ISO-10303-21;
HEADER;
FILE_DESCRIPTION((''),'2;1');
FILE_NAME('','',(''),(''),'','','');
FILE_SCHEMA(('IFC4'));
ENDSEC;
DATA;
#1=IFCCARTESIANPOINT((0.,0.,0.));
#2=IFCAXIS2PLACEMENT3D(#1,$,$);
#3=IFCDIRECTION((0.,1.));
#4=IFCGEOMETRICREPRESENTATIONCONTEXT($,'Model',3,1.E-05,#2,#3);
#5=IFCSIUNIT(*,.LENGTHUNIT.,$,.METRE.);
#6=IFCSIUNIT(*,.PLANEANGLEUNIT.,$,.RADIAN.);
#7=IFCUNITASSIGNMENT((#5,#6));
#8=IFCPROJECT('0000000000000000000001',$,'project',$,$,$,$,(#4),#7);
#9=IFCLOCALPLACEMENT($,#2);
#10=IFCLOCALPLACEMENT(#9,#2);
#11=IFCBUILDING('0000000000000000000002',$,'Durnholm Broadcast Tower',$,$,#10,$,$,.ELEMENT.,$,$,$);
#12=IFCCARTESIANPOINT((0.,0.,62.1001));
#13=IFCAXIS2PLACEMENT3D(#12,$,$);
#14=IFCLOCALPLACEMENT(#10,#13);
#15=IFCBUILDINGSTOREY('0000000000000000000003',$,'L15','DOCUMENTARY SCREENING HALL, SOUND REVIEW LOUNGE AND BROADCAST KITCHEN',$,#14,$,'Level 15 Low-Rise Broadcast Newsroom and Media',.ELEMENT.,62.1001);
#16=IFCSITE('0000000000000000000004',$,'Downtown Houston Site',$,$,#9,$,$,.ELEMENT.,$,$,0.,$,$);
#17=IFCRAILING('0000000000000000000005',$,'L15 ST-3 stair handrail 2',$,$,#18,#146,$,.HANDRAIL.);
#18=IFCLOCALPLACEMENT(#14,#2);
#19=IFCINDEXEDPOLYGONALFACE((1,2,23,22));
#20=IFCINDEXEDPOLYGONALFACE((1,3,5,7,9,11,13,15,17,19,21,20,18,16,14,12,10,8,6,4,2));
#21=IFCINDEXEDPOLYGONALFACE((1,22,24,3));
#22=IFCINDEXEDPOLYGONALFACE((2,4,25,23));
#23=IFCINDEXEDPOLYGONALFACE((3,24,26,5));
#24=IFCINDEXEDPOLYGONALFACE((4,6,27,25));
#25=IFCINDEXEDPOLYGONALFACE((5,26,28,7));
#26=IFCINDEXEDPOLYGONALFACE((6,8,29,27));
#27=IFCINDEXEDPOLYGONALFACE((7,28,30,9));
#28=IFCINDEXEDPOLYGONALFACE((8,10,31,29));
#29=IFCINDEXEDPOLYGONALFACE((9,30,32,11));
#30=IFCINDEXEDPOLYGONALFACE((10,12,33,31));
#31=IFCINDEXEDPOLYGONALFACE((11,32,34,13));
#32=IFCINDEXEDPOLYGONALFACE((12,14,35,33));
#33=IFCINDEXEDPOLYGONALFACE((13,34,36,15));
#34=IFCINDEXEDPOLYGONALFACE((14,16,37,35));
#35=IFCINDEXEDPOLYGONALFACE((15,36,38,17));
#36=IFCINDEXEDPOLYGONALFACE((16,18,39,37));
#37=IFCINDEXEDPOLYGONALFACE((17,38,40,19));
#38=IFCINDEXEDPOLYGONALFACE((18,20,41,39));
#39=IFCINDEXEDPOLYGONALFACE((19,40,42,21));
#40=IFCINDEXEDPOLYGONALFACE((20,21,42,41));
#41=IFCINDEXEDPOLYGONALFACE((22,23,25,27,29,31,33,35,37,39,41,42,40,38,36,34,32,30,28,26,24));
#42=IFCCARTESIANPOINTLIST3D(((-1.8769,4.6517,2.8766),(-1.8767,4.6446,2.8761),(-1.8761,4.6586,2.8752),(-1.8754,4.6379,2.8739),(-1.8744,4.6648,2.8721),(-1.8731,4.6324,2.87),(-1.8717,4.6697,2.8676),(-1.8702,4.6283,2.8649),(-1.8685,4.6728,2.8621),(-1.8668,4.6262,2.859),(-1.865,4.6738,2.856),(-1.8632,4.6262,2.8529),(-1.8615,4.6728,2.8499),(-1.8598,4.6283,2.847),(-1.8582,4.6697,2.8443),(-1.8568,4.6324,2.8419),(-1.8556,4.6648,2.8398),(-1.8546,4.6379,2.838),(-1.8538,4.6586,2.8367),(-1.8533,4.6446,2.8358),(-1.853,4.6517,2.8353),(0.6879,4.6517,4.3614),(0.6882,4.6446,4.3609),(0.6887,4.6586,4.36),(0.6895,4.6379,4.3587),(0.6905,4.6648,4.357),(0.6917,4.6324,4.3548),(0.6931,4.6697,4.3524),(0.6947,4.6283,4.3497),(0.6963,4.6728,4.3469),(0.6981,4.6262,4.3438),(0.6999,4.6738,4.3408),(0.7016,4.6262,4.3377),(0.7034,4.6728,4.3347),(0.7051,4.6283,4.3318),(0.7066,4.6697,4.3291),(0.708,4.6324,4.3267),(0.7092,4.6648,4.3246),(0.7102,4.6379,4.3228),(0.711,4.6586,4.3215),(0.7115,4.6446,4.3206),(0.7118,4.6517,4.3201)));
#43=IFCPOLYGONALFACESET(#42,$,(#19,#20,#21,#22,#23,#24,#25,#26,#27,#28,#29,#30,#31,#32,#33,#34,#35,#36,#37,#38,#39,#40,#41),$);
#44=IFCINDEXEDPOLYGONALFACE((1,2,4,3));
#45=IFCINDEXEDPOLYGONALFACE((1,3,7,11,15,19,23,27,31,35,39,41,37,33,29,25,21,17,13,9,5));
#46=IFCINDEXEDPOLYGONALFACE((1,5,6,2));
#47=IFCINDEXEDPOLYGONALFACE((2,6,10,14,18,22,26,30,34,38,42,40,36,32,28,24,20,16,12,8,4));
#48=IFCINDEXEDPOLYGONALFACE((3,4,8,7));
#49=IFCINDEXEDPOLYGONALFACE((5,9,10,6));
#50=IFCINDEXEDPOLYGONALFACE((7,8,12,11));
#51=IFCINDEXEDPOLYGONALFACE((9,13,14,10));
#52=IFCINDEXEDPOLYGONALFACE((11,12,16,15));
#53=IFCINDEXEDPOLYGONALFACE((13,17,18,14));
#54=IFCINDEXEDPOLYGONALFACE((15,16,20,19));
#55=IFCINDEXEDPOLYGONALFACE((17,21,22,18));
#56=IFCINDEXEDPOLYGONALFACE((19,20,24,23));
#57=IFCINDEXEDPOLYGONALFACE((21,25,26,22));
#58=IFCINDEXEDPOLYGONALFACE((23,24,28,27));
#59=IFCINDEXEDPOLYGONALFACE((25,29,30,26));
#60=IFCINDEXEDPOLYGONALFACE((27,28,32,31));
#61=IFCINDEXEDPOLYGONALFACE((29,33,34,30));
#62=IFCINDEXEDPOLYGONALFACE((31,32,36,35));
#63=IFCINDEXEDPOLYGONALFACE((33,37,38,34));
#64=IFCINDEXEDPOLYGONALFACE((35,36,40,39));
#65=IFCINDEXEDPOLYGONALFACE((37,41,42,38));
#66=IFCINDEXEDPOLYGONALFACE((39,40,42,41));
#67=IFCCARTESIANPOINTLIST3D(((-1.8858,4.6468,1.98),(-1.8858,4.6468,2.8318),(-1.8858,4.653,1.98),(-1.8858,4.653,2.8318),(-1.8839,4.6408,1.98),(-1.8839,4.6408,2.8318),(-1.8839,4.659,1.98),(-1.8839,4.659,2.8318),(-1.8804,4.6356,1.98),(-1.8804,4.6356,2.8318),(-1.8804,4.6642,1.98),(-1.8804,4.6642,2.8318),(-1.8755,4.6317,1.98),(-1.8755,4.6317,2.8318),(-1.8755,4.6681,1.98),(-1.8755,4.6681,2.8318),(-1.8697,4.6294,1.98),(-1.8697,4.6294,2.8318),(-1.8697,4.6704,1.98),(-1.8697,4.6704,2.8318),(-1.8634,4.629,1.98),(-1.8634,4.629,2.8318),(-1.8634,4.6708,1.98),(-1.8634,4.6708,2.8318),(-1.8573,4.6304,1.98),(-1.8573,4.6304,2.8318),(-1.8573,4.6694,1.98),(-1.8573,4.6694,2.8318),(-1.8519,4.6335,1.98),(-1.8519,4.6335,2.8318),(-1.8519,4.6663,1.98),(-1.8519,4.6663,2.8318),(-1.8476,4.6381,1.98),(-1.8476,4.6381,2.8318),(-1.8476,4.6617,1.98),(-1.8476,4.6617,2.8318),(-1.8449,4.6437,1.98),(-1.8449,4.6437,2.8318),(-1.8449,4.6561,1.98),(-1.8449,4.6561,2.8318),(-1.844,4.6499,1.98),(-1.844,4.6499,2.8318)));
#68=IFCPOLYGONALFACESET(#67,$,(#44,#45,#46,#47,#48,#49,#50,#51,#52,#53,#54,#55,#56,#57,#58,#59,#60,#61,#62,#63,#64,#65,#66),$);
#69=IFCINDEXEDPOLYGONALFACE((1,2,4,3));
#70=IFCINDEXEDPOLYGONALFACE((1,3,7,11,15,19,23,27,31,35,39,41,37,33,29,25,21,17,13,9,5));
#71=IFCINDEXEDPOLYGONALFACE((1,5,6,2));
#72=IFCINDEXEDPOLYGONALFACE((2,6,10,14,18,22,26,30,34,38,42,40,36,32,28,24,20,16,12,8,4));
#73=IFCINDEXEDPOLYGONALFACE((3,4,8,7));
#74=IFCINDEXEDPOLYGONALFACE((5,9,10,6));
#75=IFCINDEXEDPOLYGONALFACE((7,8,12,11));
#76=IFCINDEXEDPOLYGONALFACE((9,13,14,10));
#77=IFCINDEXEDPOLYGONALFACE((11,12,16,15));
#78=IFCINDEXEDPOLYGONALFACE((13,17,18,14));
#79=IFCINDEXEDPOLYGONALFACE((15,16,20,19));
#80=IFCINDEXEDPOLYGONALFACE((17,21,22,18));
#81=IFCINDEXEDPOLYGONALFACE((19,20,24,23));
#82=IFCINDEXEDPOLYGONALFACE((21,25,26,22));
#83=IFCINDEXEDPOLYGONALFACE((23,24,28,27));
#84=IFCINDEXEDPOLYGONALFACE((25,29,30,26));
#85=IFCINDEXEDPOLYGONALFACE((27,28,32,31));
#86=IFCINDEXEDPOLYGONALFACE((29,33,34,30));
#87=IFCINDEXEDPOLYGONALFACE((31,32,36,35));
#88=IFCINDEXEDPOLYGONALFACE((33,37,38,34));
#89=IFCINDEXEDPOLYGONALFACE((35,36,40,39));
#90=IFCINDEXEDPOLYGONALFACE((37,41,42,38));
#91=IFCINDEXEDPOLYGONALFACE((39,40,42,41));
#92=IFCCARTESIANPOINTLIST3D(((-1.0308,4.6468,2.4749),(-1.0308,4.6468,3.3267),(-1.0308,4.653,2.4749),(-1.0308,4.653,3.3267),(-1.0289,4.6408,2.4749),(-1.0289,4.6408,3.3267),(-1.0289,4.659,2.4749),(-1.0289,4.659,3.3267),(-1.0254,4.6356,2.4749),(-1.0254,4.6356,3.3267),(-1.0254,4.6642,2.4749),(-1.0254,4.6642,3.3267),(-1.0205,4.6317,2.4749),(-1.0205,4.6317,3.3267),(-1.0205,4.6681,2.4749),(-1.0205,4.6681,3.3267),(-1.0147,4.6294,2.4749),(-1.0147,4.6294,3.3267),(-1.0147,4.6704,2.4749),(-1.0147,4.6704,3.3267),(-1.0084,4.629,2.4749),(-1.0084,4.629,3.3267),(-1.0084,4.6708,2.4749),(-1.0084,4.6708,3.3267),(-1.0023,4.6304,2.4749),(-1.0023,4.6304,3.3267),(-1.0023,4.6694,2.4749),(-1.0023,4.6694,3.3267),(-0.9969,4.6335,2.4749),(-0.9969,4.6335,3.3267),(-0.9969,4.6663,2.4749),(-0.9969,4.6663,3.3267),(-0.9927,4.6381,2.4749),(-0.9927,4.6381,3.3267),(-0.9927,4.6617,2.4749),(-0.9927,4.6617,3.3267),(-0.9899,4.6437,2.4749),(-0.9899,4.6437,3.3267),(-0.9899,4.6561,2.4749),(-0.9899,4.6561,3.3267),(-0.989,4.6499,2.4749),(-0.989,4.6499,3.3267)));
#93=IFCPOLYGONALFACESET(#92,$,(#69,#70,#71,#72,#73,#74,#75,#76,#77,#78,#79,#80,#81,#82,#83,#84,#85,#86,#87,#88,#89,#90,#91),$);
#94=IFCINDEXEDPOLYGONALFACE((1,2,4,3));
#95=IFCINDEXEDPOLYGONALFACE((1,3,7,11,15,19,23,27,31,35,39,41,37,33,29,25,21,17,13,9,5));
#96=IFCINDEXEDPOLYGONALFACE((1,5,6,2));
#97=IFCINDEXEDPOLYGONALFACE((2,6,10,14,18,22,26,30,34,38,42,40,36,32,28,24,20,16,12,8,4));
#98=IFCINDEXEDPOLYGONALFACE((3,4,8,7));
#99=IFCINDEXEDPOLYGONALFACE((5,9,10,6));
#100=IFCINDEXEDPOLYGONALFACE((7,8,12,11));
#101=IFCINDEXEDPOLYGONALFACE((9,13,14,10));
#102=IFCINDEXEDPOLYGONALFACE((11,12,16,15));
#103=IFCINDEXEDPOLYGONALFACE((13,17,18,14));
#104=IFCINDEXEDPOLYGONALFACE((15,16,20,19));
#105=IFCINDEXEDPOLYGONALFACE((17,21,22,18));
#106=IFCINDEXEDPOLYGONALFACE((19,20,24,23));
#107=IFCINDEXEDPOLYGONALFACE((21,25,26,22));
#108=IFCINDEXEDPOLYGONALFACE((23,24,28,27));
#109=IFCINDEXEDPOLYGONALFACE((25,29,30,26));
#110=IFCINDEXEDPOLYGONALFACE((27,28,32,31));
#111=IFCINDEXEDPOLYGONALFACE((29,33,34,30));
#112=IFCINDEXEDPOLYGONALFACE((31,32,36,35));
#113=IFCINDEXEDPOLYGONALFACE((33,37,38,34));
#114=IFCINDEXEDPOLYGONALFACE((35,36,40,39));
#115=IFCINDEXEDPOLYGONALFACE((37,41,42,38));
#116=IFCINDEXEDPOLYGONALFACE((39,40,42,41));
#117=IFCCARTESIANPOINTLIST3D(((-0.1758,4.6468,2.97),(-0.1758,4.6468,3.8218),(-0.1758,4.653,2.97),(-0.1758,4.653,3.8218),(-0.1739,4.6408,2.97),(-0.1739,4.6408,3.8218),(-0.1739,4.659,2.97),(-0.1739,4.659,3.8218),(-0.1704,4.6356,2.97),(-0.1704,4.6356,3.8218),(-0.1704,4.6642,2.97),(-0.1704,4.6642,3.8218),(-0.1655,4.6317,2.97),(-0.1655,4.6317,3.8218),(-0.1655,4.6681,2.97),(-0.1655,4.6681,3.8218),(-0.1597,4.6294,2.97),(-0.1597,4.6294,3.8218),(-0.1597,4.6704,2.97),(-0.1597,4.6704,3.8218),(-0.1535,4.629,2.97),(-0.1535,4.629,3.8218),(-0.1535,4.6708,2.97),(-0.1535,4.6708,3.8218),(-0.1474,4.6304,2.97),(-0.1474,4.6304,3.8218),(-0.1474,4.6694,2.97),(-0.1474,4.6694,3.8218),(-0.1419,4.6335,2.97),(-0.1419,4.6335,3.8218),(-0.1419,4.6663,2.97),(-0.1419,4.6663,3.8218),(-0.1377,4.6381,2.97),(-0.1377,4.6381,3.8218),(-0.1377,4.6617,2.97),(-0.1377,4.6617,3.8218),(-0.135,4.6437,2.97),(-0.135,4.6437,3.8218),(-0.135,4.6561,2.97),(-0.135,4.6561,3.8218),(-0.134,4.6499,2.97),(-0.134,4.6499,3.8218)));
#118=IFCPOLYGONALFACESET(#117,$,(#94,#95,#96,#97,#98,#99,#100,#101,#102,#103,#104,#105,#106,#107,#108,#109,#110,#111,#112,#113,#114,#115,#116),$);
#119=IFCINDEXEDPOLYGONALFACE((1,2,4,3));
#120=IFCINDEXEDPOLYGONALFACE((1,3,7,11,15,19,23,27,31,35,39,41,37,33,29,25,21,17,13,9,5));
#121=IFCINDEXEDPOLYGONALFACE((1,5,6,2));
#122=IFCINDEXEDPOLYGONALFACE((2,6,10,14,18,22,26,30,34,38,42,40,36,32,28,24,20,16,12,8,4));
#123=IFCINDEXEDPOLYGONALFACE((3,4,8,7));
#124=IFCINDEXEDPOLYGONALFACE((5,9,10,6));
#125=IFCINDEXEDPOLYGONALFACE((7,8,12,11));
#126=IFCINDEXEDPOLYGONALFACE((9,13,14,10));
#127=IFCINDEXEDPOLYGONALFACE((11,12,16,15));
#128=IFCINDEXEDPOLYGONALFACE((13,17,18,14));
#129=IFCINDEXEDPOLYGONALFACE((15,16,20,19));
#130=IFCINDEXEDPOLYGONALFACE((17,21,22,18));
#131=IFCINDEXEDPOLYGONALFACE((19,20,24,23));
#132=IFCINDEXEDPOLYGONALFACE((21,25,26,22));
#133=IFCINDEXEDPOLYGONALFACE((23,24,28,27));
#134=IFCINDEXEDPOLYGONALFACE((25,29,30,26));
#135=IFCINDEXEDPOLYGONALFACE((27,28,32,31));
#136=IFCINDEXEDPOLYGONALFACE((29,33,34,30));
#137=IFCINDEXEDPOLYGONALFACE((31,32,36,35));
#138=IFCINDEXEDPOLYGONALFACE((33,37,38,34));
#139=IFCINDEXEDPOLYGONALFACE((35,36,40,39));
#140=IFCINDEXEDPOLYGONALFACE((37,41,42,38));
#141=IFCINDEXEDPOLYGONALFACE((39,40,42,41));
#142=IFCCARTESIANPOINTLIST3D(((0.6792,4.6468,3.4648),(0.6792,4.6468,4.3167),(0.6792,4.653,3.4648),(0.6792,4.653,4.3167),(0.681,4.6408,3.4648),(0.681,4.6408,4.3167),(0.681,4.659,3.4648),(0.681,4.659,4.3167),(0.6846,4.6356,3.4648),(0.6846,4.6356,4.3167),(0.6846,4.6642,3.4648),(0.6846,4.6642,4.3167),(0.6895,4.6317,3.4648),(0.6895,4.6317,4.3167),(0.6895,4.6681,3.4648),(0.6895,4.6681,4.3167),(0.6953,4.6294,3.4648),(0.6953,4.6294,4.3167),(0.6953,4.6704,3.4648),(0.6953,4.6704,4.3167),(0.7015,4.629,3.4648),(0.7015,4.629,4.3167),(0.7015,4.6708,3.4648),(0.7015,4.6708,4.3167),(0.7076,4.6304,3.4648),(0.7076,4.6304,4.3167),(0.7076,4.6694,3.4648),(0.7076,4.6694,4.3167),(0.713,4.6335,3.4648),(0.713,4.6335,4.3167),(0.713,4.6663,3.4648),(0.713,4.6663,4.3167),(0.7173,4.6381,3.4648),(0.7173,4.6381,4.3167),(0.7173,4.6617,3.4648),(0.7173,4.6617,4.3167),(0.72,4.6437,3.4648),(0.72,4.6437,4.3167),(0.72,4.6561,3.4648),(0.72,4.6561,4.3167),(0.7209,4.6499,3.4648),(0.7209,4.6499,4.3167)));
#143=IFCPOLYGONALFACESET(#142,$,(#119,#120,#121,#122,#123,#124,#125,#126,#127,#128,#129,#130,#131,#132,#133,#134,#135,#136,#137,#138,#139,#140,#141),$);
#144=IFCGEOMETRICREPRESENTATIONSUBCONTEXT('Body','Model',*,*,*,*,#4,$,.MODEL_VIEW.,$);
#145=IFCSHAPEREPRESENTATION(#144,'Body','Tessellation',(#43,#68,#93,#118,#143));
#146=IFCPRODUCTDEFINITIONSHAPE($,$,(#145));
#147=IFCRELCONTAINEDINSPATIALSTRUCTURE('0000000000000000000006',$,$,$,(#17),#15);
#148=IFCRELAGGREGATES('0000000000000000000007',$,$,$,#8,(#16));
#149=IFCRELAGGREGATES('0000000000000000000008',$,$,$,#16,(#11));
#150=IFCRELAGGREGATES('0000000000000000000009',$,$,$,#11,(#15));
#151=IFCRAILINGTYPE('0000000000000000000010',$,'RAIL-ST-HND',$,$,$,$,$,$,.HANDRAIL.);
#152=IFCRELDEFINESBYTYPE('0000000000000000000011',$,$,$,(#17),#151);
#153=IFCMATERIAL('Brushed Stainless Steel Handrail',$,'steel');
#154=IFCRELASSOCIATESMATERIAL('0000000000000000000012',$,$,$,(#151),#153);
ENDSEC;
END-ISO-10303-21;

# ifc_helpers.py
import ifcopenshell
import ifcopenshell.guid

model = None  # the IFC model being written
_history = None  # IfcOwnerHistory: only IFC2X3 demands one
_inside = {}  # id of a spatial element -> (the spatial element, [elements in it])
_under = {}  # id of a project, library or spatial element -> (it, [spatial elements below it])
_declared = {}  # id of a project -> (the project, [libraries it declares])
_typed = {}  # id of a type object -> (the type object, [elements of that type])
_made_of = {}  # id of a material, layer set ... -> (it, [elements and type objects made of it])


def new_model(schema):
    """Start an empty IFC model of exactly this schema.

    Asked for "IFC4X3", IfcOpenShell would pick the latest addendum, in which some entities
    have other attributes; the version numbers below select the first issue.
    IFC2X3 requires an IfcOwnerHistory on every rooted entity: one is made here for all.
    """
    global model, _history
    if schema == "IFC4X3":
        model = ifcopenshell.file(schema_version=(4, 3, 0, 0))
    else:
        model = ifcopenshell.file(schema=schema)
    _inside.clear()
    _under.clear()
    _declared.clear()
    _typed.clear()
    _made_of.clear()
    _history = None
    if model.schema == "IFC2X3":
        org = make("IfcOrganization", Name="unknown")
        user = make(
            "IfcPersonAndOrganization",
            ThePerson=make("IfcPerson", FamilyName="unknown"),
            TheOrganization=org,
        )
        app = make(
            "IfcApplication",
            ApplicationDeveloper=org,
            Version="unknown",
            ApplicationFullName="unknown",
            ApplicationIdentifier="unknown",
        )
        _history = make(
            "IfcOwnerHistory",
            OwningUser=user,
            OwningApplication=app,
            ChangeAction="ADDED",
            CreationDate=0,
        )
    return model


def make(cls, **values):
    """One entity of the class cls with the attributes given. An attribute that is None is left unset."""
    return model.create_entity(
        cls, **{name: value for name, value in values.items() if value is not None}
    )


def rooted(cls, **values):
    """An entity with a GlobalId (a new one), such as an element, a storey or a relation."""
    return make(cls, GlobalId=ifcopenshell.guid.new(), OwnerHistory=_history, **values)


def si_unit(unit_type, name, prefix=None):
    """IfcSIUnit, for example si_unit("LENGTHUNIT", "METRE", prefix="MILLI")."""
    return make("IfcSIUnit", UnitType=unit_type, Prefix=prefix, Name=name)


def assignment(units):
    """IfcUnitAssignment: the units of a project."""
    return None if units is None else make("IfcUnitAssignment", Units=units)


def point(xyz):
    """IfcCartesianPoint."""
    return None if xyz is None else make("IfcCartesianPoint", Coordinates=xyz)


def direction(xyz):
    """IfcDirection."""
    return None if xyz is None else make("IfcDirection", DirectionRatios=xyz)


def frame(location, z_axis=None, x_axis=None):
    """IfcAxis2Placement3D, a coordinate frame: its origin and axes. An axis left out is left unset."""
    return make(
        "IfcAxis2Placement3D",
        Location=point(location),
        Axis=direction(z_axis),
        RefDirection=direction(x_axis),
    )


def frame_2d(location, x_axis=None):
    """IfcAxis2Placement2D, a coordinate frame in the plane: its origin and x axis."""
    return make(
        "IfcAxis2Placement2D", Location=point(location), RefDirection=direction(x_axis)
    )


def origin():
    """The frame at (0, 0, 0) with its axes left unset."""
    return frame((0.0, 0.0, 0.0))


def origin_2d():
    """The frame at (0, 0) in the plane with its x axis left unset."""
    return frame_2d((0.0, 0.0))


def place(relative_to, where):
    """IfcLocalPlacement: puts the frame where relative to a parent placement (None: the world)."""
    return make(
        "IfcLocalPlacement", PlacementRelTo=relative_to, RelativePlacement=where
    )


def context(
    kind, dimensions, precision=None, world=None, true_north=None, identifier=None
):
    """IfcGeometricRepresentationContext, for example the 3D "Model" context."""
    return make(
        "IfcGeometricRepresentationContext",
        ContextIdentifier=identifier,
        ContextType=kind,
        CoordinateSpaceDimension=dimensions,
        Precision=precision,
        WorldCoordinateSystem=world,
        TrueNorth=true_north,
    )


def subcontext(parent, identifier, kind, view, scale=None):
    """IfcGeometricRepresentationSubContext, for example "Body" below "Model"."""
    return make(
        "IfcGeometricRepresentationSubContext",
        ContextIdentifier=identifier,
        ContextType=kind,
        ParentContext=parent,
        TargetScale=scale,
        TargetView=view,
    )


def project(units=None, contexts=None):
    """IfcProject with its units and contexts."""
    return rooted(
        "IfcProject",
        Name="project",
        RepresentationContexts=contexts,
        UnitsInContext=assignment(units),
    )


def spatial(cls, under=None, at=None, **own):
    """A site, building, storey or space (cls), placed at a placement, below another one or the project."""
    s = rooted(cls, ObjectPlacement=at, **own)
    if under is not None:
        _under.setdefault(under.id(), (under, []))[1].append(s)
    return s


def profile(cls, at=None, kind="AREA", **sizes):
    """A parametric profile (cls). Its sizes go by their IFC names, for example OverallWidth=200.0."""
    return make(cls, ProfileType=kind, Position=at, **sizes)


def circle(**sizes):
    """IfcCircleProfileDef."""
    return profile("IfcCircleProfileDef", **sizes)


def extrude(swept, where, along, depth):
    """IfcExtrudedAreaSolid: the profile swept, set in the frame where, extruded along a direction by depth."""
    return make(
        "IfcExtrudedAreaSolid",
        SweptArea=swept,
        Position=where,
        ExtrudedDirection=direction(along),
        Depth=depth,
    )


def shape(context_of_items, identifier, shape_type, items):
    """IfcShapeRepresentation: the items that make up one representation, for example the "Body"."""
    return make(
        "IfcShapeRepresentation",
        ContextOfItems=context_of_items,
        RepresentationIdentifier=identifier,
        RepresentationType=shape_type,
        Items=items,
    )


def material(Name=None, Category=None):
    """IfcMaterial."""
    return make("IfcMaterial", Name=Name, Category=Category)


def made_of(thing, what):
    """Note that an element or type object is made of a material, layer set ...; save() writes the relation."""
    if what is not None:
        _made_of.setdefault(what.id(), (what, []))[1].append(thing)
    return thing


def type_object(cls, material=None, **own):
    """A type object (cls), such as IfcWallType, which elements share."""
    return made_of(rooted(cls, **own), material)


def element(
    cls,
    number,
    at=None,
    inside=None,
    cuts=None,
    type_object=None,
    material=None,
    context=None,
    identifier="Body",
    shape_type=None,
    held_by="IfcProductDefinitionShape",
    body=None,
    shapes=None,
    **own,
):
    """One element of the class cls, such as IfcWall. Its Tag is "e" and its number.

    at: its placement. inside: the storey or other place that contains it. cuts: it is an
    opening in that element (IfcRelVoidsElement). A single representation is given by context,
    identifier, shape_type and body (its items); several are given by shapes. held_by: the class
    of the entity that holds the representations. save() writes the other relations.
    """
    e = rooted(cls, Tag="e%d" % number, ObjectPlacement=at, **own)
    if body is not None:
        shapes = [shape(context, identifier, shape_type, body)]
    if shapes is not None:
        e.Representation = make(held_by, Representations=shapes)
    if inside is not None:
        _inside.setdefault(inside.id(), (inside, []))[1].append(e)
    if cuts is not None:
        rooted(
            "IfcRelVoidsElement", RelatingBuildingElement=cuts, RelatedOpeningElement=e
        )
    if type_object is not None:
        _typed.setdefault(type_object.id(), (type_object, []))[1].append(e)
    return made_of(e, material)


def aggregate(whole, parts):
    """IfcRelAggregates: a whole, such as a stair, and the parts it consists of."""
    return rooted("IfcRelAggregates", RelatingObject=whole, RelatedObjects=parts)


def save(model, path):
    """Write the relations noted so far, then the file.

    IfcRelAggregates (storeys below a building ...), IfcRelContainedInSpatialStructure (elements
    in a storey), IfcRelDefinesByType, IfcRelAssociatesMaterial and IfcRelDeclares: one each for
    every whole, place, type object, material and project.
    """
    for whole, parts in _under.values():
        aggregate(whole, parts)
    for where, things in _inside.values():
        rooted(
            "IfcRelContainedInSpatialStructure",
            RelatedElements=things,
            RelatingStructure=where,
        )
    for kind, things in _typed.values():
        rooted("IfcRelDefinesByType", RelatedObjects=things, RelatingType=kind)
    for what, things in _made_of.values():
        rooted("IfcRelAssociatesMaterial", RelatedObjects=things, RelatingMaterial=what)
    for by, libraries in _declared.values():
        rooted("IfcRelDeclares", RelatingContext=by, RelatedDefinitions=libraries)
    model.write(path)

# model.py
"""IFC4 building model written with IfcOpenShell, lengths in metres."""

from ifc_helpers import new_model, si_unit, direction, frame, origin, origin_2d, place, context, subcontext, project, spatial, circle, extrude, material, type_object, element, save


model = new_model("IFC4")

# Units and contexts
model_context = context("Model", 3, precision=1e-05, world=origin(), true_north=direction((0.0, 1.0)))
body_context = subcontext(model_context, "Body", "Model", "MODEL_VIEW")
ifc_project = project(units=[si_unit("LENGTHUNIT", "METRE"), si_unit("PLANEANGLEUNIT", "RADIAN")], contexts=[model_context])

# Site, building, storey
site_placement = place(None, origin())
site = spatial("IfcSite", under=ifc_project, at=site_placement, Name="Downtown Houston Site", CompositionType="ELEMENT", RefElevation=0.0)
building_placement = place(site_placement, origin())
building = spatial("IfcBuilding", under=site, at=building_placement, Name="Durnholm Broadcast Tower", CompositionType="ELEMENT")
storey_placement = place(building_placement, frame((0.0, 0.0, 62.1001)))
storey = spatial("IfcBuildingStorey", under=building, at=storey_placement, Name="L15", Description="DOCUMENTARY SCREENING HALL, SOUND REVIEW LOUNGE AND BROADCAST KITCHEN", LongName="Level 15 Low-Rise Broadcast Newsroom and Media", CompositionType="ELEMENT", Elevation=62.1001)

# Railing
ifc_material_1 = material(Name="Brushed Stainless Steel Handrail", Category="steel")
railing_type_1 = type_object("IfcRailingType", Name="RAIL-ST-HND", PredefinedType="HANDRAIL", material=ifc_material_1)
railing_1_placement = place(storey_placement, frame((-1.865, 4.6499, 1.98)))
element("IfcRailing", 1, at=railing_1_placement, inside=storey, type_object=railing_type_1, Name="L15 ST-3 stair handrail 2", PredefinedType="HANDRAIL", context=body_context, shape_type="SweptSolid", body=[
    extrude(circle(Radius=0.0239, at=origin_2d()), frame((0.0, 0.0, 0.876), z_axis=(0.865441, 0.0, 0.50101), x_axis=(0.0, 1.0, 0.0)), (0.0, 0.0, 1.0), 2.9636),
    extrude(circle(Radius=0.021, at=origin_2d()), origin(), (0.0, 0.0, 1.0), 0.8518),
    extrude(circle(Radius=0.021, at=origin_2d()), frame((0.855, 0.0, 0.4949)), (0.0, 0.0, 1.0), 0.8518),
    extrude(circle(Radius=0.021, at=origin_2d()), frame((1.71, 0.0, 0.99)), (0.0, 0.0, 1.0), 0.8518),
    extrude(circle(Radius=0.021, at=origin_2d()), frame((2.5649, 0.0, 1.4849)), (0.0, 0.0, 1.0), 0.8518),
])

save(model, "model.ifc")
